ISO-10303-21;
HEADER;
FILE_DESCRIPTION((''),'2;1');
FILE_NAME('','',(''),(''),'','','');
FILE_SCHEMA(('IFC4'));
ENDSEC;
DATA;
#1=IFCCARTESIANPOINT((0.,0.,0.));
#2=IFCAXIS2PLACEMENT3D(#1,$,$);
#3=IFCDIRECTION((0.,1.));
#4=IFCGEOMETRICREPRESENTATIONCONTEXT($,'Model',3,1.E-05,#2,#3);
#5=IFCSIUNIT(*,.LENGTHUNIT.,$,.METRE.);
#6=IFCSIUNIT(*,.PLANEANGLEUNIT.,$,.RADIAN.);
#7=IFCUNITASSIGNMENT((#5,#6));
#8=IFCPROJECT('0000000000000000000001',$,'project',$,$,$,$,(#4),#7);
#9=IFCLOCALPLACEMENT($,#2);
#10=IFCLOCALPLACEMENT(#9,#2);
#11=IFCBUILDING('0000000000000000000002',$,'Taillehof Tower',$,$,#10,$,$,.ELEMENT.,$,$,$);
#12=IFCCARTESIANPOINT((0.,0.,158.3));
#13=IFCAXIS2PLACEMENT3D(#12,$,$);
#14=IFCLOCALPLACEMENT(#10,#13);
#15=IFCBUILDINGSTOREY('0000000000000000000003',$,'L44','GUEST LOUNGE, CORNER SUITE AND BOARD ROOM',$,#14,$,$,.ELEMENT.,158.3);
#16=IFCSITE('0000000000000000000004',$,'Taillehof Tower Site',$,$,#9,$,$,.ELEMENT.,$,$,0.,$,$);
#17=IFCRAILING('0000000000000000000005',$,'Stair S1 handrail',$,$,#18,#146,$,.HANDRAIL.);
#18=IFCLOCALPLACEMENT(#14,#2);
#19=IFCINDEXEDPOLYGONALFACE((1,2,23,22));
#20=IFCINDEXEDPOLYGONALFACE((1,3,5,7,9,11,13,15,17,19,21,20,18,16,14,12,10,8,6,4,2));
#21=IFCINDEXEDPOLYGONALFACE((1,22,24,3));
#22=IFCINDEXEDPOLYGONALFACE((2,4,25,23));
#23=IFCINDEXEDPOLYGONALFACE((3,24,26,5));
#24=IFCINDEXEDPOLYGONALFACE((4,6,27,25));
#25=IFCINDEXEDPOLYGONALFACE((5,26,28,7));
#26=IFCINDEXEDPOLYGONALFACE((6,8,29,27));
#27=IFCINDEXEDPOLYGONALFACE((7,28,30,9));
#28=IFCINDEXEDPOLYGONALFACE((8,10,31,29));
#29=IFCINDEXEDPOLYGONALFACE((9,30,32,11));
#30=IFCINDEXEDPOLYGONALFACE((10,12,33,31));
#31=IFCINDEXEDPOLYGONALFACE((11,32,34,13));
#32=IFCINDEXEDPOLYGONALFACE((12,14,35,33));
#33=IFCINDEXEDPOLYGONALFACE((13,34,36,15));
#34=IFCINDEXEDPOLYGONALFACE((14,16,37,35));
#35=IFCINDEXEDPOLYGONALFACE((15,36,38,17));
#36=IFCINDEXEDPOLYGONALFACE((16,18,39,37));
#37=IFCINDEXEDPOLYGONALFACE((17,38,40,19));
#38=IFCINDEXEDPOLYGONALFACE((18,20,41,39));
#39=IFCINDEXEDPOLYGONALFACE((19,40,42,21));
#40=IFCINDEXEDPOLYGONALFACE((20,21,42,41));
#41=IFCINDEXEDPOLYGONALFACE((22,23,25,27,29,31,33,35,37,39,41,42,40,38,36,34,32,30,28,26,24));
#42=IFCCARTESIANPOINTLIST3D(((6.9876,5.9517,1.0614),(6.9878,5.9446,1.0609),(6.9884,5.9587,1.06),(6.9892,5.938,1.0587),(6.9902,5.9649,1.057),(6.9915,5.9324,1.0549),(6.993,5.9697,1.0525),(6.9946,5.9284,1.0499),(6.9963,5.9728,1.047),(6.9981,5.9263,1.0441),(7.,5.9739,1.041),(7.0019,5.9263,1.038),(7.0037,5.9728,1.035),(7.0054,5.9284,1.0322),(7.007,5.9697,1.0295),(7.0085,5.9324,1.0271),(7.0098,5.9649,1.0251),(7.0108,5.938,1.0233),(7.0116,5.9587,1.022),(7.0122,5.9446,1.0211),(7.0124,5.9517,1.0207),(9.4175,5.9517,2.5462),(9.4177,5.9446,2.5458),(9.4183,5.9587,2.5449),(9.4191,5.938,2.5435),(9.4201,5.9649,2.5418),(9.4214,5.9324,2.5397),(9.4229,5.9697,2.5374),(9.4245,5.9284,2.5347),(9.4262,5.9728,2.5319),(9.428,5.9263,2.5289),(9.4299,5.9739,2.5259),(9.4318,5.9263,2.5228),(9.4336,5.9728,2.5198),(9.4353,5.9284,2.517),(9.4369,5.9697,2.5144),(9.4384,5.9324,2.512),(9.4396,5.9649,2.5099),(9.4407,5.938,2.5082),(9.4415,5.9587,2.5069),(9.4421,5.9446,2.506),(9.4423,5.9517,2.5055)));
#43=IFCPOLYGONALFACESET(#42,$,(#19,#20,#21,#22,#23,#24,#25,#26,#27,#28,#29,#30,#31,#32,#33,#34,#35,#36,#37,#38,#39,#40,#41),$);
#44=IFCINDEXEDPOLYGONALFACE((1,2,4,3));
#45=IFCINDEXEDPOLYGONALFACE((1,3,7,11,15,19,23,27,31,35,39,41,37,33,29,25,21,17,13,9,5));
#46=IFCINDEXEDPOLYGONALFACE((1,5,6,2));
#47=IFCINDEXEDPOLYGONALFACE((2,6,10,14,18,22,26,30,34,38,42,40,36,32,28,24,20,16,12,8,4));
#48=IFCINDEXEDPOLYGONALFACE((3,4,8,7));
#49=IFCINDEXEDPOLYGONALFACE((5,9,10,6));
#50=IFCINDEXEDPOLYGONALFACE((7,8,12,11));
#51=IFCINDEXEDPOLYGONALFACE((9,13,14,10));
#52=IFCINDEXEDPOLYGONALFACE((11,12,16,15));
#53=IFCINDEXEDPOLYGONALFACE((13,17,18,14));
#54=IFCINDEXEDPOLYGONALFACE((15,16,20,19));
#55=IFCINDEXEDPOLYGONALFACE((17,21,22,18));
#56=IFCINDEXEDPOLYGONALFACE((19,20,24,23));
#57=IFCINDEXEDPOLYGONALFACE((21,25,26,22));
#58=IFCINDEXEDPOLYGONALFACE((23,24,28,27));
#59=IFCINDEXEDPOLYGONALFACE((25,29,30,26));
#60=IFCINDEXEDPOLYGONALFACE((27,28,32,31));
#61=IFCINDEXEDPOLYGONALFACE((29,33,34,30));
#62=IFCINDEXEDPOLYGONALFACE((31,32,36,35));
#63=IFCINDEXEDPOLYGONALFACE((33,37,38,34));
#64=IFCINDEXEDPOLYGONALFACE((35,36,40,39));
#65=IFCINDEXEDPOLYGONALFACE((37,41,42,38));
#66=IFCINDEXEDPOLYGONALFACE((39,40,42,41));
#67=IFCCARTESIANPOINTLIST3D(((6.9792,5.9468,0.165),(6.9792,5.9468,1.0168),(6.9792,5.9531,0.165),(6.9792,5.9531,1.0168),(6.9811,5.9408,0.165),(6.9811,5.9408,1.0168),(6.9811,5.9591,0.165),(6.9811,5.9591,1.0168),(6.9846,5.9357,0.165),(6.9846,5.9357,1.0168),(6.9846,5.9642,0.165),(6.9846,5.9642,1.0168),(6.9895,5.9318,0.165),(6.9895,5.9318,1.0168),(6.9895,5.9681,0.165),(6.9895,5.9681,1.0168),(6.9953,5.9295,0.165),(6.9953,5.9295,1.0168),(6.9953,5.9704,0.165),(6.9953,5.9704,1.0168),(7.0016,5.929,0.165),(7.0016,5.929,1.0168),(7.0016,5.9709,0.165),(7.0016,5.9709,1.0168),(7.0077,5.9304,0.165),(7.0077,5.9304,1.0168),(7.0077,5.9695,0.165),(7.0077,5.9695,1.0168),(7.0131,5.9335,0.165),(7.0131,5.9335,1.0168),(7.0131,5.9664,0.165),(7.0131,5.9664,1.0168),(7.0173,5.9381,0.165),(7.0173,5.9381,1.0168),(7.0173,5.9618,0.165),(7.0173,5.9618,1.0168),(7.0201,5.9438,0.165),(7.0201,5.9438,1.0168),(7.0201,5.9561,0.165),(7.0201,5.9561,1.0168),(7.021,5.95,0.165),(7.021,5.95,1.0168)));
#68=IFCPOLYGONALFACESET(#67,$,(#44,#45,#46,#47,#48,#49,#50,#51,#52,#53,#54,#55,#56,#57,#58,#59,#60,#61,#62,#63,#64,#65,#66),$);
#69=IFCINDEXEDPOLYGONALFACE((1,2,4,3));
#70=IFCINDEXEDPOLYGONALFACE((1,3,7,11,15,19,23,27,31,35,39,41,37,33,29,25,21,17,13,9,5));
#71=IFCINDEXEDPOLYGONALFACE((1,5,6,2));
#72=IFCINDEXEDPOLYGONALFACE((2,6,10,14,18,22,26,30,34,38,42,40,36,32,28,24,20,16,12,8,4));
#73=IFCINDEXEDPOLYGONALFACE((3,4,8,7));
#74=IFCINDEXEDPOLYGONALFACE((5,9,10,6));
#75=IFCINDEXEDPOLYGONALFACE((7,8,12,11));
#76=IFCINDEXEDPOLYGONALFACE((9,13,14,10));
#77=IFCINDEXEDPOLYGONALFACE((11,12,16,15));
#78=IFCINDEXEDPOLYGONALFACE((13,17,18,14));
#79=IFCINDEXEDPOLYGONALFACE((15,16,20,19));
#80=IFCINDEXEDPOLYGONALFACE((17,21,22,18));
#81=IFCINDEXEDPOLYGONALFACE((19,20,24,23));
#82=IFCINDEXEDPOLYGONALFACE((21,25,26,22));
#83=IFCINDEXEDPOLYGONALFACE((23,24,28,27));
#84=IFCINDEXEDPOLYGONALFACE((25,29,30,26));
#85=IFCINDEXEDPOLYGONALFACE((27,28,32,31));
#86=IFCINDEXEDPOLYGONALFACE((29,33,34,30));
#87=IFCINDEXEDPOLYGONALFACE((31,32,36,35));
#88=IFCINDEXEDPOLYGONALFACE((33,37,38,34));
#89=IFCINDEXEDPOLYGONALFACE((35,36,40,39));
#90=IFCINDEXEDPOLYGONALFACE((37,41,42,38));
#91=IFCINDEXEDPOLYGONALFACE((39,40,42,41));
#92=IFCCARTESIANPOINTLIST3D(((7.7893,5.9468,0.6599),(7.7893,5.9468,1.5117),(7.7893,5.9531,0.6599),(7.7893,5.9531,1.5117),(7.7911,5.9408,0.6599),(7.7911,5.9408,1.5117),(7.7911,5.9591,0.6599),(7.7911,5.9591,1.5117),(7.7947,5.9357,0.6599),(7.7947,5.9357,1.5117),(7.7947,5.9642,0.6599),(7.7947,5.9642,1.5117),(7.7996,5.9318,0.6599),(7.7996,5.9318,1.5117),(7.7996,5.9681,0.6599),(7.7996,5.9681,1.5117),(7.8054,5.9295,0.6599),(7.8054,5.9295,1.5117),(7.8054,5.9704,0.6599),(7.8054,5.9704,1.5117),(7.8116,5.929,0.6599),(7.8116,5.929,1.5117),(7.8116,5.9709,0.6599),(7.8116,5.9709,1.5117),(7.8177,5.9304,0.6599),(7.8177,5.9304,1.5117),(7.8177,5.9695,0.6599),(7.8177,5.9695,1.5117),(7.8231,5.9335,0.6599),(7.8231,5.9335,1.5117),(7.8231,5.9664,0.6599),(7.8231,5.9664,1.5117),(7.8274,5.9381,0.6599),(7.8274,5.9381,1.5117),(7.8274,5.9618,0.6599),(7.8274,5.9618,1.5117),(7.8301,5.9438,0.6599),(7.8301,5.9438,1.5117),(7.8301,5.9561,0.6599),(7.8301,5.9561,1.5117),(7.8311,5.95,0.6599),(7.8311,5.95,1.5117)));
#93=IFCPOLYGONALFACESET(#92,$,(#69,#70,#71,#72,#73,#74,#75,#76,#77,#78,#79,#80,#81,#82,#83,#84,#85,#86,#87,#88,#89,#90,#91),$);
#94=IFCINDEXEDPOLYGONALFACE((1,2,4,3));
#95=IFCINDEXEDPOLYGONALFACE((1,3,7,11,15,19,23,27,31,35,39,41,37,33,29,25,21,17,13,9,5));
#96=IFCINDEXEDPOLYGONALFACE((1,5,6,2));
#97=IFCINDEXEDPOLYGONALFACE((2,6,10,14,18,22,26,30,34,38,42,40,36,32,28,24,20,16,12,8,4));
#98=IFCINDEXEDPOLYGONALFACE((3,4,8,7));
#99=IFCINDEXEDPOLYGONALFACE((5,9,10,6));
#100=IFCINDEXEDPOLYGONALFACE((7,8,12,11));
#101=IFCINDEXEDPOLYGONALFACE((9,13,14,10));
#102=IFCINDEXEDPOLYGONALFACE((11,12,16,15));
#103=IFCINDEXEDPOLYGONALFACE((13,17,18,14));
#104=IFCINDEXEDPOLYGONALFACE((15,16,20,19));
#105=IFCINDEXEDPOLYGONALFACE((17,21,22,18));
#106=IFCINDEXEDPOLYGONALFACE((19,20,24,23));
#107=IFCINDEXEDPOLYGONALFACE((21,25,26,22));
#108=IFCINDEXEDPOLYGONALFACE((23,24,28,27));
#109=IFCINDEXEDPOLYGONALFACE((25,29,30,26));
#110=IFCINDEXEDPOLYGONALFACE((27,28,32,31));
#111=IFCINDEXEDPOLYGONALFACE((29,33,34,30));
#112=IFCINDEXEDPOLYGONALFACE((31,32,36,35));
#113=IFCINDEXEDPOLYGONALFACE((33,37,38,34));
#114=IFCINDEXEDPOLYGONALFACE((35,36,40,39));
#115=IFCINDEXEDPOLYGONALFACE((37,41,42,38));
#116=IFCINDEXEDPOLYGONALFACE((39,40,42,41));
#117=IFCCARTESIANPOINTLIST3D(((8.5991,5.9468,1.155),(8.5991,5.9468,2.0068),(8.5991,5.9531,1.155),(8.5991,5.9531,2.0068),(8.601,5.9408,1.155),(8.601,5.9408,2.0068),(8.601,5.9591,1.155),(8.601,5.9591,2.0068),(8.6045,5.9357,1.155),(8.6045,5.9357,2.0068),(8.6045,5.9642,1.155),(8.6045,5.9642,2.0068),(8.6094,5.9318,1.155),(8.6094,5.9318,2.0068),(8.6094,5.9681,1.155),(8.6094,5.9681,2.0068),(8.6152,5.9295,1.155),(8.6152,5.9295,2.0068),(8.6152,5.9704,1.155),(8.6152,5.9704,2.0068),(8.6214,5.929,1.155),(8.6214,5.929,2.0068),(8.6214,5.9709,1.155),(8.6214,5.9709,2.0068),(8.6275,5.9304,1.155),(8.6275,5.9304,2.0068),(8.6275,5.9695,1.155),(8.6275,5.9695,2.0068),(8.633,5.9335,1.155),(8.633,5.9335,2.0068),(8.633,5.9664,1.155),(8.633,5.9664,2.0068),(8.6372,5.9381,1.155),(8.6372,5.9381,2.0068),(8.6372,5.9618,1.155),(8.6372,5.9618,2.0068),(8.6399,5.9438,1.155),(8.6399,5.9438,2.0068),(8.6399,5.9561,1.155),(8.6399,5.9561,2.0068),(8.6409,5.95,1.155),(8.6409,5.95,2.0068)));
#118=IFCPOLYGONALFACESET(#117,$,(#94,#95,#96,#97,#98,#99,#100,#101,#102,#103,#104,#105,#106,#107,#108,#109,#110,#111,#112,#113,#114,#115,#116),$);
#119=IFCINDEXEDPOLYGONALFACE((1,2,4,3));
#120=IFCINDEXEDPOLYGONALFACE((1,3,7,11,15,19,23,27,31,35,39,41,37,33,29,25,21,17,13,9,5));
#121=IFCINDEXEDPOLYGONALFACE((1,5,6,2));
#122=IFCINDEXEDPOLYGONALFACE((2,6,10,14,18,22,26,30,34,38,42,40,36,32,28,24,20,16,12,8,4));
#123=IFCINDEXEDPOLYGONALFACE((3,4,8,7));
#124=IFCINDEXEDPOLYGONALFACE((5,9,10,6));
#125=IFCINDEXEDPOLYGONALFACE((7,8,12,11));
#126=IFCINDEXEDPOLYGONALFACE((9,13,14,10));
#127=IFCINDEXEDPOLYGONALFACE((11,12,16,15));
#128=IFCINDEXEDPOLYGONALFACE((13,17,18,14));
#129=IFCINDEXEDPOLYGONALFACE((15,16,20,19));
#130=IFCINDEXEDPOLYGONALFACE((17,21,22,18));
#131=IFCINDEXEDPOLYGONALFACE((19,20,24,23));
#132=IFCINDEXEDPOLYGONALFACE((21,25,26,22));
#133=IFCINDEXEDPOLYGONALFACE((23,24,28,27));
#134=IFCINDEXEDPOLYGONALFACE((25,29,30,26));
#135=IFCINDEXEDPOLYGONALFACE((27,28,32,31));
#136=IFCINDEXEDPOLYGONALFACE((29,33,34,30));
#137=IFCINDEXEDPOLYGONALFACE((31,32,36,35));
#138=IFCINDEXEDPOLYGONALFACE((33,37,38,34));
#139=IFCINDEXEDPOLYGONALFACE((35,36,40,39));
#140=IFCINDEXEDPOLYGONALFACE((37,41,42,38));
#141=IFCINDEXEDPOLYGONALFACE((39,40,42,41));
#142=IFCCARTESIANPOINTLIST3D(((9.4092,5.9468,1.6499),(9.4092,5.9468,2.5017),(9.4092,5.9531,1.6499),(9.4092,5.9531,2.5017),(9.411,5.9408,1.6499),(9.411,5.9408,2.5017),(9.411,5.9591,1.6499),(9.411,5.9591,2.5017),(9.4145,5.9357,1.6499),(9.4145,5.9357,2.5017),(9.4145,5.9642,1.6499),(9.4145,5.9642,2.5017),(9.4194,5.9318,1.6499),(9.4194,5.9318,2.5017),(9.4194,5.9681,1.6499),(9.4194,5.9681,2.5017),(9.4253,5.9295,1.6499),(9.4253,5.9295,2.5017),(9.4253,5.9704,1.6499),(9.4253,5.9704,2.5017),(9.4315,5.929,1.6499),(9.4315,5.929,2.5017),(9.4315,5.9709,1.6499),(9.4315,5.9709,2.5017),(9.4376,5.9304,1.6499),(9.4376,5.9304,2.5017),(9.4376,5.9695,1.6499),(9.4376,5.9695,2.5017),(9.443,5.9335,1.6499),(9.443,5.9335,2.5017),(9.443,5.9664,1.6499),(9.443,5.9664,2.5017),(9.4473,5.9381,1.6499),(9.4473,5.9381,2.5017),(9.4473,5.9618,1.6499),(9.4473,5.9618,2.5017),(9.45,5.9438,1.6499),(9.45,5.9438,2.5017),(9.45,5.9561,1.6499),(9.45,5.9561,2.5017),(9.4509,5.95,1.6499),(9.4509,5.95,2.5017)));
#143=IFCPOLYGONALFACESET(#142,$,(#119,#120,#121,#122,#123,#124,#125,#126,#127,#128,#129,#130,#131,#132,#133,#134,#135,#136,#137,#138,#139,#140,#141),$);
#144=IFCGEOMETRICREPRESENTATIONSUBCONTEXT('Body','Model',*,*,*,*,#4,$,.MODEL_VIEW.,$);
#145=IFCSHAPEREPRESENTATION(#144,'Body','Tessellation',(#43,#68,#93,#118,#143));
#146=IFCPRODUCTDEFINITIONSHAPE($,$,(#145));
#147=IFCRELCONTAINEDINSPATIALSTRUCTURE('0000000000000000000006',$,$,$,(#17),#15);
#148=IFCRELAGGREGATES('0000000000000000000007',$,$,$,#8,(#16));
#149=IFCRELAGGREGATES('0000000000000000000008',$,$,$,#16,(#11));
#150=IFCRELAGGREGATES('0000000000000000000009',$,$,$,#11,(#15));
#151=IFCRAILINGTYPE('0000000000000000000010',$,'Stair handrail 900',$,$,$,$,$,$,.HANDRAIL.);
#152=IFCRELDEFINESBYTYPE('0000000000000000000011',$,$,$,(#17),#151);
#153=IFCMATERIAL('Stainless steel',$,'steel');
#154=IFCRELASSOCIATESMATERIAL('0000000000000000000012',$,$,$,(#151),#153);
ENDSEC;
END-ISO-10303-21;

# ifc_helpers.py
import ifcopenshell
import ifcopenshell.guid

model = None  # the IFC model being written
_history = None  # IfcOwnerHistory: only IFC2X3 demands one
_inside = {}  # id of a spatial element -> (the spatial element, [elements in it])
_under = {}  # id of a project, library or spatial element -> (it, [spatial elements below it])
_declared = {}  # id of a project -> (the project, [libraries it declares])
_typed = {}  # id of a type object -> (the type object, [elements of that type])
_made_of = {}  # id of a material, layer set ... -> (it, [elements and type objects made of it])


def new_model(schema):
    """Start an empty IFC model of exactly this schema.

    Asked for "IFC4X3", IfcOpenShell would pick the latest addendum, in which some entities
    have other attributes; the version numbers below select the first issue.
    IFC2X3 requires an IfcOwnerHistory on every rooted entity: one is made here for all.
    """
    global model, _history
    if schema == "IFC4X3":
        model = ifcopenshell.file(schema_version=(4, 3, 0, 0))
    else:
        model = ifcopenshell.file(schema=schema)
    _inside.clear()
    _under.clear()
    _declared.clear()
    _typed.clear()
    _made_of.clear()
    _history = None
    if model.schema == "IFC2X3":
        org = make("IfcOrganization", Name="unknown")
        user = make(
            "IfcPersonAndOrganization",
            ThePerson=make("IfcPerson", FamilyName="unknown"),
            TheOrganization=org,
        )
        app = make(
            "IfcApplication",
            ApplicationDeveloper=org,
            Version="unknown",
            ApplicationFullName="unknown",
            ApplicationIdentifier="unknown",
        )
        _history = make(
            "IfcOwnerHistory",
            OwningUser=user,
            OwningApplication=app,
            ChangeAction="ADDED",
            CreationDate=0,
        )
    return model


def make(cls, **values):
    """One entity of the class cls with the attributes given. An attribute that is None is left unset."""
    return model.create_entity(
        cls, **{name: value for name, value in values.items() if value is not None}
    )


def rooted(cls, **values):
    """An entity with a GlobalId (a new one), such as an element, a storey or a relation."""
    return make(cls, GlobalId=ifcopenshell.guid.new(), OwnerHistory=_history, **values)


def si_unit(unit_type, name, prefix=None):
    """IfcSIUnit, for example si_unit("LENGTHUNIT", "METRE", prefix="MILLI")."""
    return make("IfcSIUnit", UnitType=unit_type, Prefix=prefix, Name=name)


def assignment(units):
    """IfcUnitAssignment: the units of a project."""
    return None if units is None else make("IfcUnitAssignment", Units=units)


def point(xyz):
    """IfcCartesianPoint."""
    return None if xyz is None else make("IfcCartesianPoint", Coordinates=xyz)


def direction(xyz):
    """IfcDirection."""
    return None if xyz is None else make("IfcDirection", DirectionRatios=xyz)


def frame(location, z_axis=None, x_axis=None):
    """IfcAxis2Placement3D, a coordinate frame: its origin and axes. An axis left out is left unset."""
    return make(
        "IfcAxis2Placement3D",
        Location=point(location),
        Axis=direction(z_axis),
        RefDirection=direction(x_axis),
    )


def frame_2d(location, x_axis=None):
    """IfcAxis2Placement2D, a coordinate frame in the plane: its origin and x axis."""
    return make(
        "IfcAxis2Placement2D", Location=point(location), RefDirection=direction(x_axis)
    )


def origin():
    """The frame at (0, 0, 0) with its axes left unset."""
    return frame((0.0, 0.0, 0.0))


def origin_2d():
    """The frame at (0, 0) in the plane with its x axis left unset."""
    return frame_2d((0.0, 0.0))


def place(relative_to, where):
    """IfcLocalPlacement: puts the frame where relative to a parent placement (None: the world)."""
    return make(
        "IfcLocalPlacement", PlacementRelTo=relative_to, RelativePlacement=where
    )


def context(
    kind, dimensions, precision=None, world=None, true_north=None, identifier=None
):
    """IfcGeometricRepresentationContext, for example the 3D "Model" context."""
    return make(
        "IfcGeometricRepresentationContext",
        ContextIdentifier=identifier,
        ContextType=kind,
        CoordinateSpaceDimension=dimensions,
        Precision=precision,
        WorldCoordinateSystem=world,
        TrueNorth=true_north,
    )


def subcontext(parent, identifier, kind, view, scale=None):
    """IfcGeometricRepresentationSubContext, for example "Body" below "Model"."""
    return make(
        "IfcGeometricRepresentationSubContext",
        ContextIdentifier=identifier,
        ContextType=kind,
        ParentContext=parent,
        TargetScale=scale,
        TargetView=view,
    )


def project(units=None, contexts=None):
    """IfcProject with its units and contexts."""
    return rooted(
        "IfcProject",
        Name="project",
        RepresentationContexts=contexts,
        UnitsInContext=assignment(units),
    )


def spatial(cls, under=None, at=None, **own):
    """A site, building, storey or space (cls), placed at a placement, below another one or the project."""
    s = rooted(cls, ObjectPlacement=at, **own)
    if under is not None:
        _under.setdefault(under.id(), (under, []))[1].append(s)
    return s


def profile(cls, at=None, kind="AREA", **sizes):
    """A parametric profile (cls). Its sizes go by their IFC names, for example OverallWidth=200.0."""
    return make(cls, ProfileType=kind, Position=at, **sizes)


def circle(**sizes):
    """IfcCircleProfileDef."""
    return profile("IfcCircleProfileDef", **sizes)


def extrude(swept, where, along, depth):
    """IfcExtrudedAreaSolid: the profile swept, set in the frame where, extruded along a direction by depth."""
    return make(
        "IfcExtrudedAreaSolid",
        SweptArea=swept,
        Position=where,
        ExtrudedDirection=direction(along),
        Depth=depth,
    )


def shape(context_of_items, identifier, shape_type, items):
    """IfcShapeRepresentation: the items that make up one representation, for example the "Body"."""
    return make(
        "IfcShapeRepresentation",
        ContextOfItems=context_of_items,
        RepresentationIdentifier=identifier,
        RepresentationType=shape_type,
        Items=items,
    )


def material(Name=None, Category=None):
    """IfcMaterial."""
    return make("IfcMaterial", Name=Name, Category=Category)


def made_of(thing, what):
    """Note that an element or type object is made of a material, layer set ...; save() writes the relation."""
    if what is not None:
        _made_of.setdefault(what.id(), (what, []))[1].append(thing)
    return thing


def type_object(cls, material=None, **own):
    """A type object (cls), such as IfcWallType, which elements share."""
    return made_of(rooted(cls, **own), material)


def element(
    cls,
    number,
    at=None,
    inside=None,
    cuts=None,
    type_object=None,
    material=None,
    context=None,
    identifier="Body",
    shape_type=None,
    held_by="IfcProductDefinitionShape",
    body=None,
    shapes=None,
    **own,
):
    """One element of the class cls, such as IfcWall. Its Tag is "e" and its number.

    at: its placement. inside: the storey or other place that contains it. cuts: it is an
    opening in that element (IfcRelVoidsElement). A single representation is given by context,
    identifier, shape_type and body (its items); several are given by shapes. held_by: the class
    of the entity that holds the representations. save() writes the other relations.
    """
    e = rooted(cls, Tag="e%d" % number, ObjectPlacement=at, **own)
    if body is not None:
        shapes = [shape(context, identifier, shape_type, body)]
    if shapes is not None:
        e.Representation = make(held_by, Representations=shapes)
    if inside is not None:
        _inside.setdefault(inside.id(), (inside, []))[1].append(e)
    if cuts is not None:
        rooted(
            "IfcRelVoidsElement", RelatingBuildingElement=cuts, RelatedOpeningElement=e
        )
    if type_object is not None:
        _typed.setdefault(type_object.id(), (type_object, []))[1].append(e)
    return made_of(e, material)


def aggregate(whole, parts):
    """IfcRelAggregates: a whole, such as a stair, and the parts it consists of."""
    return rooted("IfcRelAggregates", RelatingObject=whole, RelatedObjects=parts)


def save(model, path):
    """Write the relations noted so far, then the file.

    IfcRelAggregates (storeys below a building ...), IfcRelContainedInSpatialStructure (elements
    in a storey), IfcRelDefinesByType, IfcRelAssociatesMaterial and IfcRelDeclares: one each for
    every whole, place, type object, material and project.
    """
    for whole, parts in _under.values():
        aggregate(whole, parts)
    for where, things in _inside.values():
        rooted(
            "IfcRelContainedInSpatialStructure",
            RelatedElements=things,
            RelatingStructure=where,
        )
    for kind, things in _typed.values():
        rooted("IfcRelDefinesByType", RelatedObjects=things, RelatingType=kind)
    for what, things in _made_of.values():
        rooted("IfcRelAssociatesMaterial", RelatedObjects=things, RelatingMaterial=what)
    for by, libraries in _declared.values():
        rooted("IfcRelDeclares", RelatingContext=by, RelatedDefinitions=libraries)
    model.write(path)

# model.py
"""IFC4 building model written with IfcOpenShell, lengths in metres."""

from ifc_helpers import new_model, si_unit, direction, frame, origin, origin_2d, place, context, subcontext, project, spatial, circle, extrude, material, type_object, element, save


model = new_model("IFC4")

# Units and contexts
model_context = context("Model", 3, precision=1e-05, world=origin(), true_north=direction((0.0, 1.0)))
body_context = subcontext(model_context, "Body", "Model", "MODEL_VIEW")
ifc_project = project(units=[si_unit("LENGTHUNIT", "METRE"), si_unit("PLANEANGLEUNIT", "RADIAN")], contexts=[model_context])

# Site, building, storey
site_placement = place(None, origin())
site = spatial("IfcSite", under=ifc_project, at=site_placement, Name="Taillehof Tower Site", CompositionType="ELEMENT", RefElevation=0.0)
building_placement = place(site_placement, origin())
building = spatial("IfcBuilding", under=site, at=building_placement, Name="Taillehof Tower", CompositionType="ELEMENT")
storey_placement = place(building_placement, frame((0.0, 0.0, 158.3)))
storey = spatial("IfcBuildingStorey", under=building, at=storey_placement, Name="L44", Description="GUEST LOUNGE, CORNER SUITE AND BOARD ROOM", CompositionType="ELEMENT", Elevation=158.3)

# Railing
ifc_material_1 = material(Name="Stainless steel", Category="steel")
railing_type = type_object("IfcRailingType", Name="Stair handrail 900", PredefinedType="HANDRAIL", material=ifc_material_1)
railing_placement = place(storey_placement, frame((7.0, 5.95, 0.165)))
element("IfcRailing", 1, at=railing_placement, inside=storey, type_object=railing_type, Name="Stair S1 handrail", PredefinedType="HANDRAIL", context=body_context, shape_type="SweptSolid", body=[
    extrude(circle(Radius=0.0239, at=origin_2d()), frame((0.0, 0.0, 0.876), z_axis=(0.853297, 0.0, 0.521426), x_axis=(0.0, 1.0, 0.0)), (0.0, 0.0, 1.0), 2.8477),
    extrude(circle(Radius=0.021, at=origin_2d()), origin(), (0.0, 0.0, 1.0), 0.8518),
    extrude(circle(Radius=0.021, at=origin_2d()), frame((0.8101, 0.0, 0.4949)), (0.0, 0.0, 1.0), 0.8518),
    extrude(circle(Radius=0.021, at=origin_2d()), frame((1.6199, 0.0, 0.99)), (0.0, 0.0, 1.0), 0.8518),
    extrude(circle(Radius=0.021, at=origin_2d()), frame((2.4299, 0.0, 1.4849)), (0.0, 0.0, 1.0), 0.8518),
])

save(model, "model.ifc")
